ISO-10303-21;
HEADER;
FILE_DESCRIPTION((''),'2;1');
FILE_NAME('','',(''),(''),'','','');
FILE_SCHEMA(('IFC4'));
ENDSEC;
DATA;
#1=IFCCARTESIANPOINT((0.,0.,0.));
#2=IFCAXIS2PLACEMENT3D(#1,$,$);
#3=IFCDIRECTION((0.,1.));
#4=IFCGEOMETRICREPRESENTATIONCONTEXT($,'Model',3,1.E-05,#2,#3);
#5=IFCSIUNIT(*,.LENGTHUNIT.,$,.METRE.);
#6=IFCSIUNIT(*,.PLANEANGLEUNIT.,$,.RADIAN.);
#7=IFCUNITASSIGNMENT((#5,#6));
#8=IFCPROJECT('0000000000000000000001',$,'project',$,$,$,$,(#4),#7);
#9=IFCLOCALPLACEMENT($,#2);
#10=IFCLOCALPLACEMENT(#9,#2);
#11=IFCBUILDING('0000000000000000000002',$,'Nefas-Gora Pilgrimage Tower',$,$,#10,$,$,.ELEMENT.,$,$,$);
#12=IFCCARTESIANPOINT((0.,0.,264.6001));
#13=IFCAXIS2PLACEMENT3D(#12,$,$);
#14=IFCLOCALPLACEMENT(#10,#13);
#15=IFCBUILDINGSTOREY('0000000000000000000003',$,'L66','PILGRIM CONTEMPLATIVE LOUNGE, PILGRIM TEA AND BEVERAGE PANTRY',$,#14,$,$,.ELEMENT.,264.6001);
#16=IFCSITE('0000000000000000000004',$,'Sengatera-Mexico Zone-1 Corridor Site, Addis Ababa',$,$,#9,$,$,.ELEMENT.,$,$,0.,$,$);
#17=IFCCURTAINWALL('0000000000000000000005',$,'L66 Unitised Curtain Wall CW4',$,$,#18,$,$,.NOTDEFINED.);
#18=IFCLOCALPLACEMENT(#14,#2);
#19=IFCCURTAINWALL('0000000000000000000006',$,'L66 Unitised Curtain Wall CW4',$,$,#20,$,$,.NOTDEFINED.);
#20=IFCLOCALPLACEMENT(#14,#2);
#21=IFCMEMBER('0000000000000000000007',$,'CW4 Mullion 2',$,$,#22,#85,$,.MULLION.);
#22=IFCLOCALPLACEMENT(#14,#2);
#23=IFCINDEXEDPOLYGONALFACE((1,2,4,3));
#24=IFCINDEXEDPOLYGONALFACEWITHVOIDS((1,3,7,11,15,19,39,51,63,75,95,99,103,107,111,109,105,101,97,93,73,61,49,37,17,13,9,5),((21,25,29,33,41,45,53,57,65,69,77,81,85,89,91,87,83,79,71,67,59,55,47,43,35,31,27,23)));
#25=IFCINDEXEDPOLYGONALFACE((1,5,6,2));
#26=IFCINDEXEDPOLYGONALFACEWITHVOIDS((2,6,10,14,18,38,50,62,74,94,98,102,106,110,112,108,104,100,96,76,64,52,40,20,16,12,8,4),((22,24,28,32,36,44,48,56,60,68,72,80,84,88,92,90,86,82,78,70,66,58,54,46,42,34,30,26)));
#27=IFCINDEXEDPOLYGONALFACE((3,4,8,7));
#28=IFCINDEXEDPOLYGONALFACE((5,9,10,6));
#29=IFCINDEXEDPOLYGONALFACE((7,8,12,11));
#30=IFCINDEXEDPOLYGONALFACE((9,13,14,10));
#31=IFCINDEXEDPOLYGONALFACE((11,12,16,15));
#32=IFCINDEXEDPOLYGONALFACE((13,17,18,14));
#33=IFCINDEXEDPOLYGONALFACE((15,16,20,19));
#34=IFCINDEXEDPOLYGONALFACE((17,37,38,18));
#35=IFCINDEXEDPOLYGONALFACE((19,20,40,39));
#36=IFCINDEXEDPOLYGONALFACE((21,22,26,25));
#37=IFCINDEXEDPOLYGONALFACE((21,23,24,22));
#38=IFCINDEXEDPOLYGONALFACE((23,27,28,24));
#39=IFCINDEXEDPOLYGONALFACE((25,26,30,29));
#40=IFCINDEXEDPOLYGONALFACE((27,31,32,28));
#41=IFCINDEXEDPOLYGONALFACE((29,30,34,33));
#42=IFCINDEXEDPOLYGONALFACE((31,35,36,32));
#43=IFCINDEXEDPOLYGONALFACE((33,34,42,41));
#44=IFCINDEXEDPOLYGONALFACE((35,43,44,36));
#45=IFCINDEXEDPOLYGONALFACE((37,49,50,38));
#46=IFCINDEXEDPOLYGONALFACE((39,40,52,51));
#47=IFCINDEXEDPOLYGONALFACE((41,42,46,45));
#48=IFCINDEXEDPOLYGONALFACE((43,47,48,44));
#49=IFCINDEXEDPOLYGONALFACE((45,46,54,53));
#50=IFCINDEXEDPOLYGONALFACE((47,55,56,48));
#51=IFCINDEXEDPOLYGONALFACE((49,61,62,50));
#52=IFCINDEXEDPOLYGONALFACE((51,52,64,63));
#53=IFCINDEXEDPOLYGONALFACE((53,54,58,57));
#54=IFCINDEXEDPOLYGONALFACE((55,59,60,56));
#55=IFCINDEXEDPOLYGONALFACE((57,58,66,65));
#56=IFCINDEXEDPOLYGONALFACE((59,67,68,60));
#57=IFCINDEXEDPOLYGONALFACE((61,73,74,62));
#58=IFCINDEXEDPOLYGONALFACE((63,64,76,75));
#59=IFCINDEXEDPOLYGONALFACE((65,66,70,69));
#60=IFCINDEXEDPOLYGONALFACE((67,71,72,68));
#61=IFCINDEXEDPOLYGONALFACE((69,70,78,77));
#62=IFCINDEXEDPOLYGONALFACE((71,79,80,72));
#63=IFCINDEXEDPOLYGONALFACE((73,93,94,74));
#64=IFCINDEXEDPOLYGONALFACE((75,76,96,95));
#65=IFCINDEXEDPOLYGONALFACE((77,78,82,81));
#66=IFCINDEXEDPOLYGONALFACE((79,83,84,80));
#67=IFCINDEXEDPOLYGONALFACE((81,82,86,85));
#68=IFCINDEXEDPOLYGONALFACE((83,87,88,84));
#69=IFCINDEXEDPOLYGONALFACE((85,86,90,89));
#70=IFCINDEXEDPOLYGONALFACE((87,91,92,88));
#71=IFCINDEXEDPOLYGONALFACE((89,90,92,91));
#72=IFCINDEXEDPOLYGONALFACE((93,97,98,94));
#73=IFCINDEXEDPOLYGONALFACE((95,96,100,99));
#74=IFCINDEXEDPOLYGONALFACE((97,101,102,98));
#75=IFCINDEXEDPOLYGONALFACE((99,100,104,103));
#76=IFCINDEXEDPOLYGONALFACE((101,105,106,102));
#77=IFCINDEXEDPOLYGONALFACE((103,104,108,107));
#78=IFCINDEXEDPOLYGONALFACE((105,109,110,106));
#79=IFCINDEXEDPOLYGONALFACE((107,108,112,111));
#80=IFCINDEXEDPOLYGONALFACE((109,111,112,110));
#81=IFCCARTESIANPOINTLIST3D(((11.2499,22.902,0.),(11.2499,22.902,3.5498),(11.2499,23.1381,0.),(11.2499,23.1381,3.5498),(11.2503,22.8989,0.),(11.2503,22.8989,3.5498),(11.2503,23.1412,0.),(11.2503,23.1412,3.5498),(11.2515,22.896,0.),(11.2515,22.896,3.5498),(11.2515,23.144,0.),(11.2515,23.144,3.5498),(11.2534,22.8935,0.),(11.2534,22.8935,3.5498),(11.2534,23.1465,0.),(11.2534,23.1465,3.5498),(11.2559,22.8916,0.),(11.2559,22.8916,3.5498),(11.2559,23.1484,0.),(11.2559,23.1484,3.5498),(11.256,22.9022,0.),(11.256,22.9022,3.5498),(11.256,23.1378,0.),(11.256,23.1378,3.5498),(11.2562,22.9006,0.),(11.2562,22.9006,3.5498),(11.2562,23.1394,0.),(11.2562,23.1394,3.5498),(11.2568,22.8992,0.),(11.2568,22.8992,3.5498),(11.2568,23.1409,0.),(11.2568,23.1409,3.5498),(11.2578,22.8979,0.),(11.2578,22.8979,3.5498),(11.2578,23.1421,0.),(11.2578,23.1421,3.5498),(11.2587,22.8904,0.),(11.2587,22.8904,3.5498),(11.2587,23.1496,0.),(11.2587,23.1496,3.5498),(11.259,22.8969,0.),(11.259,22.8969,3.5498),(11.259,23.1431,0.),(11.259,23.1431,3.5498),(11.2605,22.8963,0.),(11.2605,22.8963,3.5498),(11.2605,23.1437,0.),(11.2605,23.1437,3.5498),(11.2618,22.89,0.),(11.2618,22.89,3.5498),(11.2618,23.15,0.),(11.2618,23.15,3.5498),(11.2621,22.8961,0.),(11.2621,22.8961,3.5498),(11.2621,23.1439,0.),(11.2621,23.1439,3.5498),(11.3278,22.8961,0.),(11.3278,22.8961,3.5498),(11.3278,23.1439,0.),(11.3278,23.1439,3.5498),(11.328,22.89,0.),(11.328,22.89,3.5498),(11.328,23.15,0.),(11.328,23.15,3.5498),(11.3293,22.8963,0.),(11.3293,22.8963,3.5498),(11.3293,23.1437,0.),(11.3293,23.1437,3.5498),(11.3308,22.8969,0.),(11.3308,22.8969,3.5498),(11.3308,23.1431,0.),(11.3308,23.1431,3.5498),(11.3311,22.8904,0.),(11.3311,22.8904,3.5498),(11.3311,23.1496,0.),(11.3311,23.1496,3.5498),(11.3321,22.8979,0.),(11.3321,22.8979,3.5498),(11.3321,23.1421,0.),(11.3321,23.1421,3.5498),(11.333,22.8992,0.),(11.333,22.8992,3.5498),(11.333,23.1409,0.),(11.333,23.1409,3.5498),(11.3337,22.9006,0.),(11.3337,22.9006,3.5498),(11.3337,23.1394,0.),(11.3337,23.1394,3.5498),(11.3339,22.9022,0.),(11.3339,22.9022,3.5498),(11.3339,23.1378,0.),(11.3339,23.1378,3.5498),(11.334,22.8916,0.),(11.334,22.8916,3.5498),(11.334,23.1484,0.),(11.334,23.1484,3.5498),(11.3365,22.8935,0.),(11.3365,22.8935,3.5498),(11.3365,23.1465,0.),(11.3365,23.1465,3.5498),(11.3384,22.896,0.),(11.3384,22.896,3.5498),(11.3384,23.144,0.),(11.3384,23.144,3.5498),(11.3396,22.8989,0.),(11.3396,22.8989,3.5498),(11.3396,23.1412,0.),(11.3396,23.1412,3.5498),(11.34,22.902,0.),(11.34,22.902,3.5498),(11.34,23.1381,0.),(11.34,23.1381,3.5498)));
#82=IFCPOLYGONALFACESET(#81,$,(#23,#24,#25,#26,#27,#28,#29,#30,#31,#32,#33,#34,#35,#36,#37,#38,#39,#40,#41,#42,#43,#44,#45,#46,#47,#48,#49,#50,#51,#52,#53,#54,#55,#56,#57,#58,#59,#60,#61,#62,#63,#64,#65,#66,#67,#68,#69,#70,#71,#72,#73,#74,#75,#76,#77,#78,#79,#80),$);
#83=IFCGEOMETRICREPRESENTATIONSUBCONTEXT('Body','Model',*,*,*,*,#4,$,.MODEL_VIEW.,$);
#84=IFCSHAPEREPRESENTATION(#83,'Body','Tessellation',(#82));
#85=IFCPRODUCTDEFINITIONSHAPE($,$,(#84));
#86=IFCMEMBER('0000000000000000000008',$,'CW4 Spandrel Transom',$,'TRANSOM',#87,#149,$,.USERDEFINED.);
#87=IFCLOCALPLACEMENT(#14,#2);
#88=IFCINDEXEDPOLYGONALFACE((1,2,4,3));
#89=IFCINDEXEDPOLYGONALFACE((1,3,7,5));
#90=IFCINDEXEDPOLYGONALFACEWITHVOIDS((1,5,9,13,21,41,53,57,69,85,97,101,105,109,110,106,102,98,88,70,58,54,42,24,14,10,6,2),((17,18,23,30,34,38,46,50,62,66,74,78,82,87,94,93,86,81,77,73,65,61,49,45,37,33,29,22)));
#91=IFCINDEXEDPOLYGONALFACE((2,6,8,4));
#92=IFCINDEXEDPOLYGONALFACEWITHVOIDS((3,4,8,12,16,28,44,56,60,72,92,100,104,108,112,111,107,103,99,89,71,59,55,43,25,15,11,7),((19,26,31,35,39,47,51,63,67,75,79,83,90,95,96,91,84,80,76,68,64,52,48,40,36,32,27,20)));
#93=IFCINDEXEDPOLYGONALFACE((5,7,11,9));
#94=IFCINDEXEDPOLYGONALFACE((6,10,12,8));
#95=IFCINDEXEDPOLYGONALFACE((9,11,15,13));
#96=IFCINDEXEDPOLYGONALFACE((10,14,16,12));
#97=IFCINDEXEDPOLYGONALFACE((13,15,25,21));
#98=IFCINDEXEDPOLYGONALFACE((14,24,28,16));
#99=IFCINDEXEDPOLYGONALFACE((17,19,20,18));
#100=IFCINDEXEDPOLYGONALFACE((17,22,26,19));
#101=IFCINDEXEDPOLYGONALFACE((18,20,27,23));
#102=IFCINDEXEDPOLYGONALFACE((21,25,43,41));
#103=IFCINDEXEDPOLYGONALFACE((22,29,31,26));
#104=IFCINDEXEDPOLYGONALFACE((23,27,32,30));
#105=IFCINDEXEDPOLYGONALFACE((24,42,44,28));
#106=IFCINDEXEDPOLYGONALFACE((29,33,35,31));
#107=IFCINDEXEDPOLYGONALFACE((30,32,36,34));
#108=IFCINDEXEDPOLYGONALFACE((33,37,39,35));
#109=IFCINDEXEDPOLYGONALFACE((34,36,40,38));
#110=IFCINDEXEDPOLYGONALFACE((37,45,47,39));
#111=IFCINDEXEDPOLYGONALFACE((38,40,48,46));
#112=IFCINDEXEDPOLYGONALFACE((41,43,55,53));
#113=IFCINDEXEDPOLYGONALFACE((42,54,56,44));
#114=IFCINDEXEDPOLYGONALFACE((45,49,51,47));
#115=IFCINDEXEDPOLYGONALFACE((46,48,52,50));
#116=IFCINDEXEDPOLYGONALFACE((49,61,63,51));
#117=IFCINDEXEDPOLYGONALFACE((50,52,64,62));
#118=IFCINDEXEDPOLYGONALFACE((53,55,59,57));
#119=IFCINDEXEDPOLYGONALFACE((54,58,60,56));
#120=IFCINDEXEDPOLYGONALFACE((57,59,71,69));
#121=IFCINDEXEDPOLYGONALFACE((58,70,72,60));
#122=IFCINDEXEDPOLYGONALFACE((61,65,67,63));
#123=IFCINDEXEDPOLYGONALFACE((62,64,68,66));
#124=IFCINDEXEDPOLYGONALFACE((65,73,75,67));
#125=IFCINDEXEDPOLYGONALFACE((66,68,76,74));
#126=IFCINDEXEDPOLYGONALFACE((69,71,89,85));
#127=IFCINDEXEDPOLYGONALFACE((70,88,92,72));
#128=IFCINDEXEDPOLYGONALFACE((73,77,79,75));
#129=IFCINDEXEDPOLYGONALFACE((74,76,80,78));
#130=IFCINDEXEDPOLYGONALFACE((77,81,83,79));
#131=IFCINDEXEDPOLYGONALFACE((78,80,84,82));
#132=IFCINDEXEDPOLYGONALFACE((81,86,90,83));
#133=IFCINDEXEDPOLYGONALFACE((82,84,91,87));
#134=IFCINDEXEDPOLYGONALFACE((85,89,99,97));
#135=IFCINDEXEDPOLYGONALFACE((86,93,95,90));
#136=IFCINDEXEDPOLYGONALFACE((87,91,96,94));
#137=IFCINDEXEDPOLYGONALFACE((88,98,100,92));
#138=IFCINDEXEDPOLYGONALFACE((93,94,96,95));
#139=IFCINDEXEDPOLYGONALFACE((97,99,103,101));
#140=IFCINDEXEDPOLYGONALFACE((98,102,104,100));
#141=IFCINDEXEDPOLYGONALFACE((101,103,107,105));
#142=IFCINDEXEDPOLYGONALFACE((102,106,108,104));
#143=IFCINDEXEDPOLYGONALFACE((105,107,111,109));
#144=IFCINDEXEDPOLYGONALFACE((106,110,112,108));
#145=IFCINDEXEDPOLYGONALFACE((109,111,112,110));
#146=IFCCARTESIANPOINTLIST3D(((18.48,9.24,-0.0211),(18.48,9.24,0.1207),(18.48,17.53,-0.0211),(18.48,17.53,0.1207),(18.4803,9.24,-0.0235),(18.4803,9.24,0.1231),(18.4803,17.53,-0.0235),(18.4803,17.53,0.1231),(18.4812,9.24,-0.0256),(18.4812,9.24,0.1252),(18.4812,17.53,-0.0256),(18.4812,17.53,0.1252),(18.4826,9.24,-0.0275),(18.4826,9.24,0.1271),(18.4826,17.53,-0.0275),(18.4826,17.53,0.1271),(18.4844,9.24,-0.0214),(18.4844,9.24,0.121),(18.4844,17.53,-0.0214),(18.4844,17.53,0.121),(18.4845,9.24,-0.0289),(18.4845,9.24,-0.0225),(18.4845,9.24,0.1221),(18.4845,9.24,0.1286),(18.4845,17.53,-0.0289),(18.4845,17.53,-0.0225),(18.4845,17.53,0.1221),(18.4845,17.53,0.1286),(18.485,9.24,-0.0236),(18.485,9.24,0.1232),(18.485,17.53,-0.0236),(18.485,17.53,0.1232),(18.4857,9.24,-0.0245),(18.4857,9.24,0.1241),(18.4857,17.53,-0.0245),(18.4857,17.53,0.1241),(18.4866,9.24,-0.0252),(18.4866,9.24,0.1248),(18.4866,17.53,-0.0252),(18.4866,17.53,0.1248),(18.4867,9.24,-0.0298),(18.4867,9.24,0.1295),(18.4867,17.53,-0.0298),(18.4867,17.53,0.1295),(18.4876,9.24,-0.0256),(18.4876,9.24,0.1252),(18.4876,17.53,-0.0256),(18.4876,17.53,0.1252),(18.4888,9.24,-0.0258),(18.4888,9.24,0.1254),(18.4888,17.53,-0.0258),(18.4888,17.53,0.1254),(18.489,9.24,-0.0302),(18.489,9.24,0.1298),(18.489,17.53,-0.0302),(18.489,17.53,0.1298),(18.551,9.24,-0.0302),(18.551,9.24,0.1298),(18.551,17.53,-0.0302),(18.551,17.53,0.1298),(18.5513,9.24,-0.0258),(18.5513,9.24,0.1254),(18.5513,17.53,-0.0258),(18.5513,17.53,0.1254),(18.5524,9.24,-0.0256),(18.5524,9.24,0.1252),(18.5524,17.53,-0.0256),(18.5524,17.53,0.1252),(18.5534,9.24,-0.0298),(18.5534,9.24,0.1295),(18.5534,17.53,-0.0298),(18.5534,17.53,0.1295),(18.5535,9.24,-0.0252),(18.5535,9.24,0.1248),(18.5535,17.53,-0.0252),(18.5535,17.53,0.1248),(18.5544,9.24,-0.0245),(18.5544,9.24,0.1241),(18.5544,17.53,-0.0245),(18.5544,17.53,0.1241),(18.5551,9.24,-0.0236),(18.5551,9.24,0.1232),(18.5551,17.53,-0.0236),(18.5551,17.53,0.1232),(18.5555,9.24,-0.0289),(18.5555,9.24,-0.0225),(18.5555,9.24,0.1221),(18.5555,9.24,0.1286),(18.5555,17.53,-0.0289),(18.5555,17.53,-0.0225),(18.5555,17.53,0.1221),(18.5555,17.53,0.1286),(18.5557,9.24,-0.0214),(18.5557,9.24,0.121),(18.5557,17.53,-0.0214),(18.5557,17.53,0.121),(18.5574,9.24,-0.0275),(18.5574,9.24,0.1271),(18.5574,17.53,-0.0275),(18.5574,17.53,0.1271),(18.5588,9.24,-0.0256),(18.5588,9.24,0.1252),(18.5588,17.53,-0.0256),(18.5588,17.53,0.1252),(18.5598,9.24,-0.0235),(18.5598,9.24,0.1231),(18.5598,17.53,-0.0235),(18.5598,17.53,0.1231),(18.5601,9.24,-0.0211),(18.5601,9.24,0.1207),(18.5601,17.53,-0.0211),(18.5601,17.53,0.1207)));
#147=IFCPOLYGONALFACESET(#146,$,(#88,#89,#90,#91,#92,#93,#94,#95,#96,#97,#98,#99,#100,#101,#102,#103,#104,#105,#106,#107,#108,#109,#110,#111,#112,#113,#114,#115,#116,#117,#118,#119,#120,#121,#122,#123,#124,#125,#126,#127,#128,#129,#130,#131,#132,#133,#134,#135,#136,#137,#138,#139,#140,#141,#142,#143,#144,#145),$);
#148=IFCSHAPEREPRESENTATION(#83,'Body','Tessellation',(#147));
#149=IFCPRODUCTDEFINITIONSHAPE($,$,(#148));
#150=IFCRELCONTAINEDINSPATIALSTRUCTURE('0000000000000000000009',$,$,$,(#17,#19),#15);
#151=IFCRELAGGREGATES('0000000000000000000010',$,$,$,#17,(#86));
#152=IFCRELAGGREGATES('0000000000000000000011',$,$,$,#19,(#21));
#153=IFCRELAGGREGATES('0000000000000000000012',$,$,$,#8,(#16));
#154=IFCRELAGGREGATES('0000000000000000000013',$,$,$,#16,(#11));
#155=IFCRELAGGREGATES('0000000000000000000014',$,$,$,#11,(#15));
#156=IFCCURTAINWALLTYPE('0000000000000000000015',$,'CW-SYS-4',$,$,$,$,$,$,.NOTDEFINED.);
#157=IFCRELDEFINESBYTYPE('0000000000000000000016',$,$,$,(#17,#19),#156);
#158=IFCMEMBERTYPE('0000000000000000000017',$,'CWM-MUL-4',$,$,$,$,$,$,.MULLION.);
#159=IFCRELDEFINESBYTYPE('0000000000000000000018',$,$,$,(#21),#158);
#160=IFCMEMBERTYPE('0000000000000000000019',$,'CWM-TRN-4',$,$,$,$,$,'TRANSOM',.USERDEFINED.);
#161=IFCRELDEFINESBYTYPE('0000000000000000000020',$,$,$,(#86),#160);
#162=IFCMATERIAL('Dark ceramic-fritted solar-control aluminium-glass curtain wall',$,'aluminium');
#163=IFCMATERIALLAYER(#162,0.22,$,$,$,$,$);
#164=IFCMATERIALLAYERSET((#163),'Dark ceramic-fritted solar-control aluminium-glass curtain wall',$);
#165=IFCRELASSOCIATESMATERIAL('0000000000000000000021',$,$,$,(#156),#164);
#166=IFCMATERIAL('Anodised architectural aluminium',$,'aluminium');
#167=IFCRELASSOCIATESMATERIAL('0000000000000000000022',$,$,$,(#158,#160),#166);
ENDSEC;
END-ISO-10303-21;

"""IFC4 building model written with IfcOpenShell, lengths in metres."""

from ifc_helpers import new_model, si_unit, direction, frame, origin, origin_2d, place, context, subcontext, project, spatial, hollow_rectangle, extrude, source, transform, mapped, material, layer, layer_set, material_profile, profile_set, type_object, element, aggregate, save


model = new_model("IFC4")

# Units and contexts
model_context = context("Model", 3, precision=1e-05, world=origin(), true_north=direction((0.0, 1.0)))
body_context = subcontext(model_context, "Body", "Model", "MODEL_VIEW")
ifc_project = project(units=[si_unit("LENGTHUNIT", "METRE"), si_unit("PLANEANGLEUNIT", "RADIAN")], contexts=[model_context])

# Site, building, storey
site_placement = place(None, origin())
site = spatial("IfcSite", under=ifc_project, at=site_placement, Name="Sengatera-Mexico Zone-1 Corridor Site, Addis Ababa", CompositionType="ELEMENT", RefElevation=0.0)
building_placement = place(site_placement, origin())
building = spatial("IfcBuilding", under=site, at=building_placement, Name="Nefas-Gora Pilgrimage Tower", CompositionType="ELEMENT")
storey_placement = place(building_placement, frame((0.0, 0.0, 264.6001)))
storey = spatial("IfcBuildingStorey", under=building, at=storey_placement, Name="L66", Description="PILGRIM CONTEMPLATIVE LOUNGE, PILGRIM TEA AND BEVERAGE PANTRY", CompositionType="ELEMENT", Elevation=264.6001)

# Shared definitions
ifc_material_1 = material(Name="Dark ceramic-fritted solar-control aluminium-glass curtain wall", Category="aluminium")
ifc_material_2 = material(Name="Anodised architectural aluminium", Category="aluminium")

# Curtain walls, member
ifc_layer_1 = layer(ifc_material_1, 0.22)
ifc_layer_set_1 = layer_set([ifc_layer_1], Name="Dark ceramic-fritted solar-control aluminium-glass curtain wall")
curtain_wall_type_1 = type_object("IfcCurtainWallType", Name="CW-SYS-4", PredefinedType="NOTDEFINED", material=ifc_layer_set_1)
curtain_wall_1_placement = place(storey_placement, origin())
curtain_wall_1 = element("IfcCurtainWall", 1, at=curtain_wall_1_placement, inside=storey, type_object=curtain_wall_type_1, Name="L66 Unitised Curtain Wall CW4", PredefinedType="NOTDEFINED")
ifc_material_profile_1 = material_profile(ifc_material_2, hollow_rectangle(XDim=0.0901, YDim=0.26, WallThickness=0.0061, InnerFilletRadius=0.0061, OuterFilletRadius=0.012, at=origin_2d()), Name="ALU MULLION 90x260")
ifc_profile_set_1 = profile_set([ifc_material_profile_1], Name="Anodised architectural aluminium")
member_type_1 = type_object("IfcMemberType", Name="CWM-MUL-4", PredefinedType="MULLION", material=ifc_profile_set_1)
shared_shape_1 = source(origin(), body_context, "Body", "SweptSolid", [
    extrude(hollow_rectangle(XDim=0.0901, YDim=0.26, WallThickness=0.0061, InnerFilletRadius=0.0061, OuterFilletRadius=0.012, at=origin_2d()), origin(), (0.0, 0.0, 1.0), 3.5498),
])
curtain_wall_2_placement = place(storey_placement, origin())
curtain_wall_2 = element("IfcCurtainWall", 2, at=curtain_wall_2_placement, inside=storey, type_object=curtain_wall_type_1, Name="L66 Unitised Curtain Wall CW4", PredefinedType="NOTDEFINED")
member_1_placement = place(storey_placement, frame((11.2949, 23.02, 0.0), z_axis=(0.0, 0.0, 1.0), x_axis=(-1.0, 0.0, 0.0)))
member_1 = element("IfcMember", 3, at=member_1_placement, type_object=member_type_1, Name="CW4 Mullion 2", PredefinedType="MULLION", context=body_context, shape_type="MappedRepresentation", body=[
    mapped(shared_shape_1, transform((0.0, 0.0, 0.0), x_axis=(1.0, 0.0, 0.0), y_axis=(0.0, 1.0, 0.0), z_axis=(0.0, 0.0, 1.0), scale=1.0)),
])

# Member
ifc_material_profile_2 = material_profile(ifc_material_2, hollow_rectangle(XDim=0.0801, YDim=0.1599, WallThickness=0.0044, InnerFilletRadius=0.0044, OuterFilletRadius=0.009, at=origin_2d()), Name="ALU TRANSOM 80x160")
ifc_profile_set_2 = profile_set([ifc_material_profile_2], Name="Anodised architectural aluminium")
member_type_2 = type_object("IfcMemberType", Name="CWM-TRN-4", ElementType="TRANSOM", PredefinedType="USERDEFINED", material=ifc_profile_set_2)
shared_shape_2 = source(origin(), body_context, "Body", "SweptSolid", [
    extrude(hollow_rectangle(XDim=0.0801, YDim=0.1599, WallThickness=0.0044, InnerFilletRadius=0.0044, OuterFilletRadius=0.009, at=origin_2d()), origin(), (0.0, 0.0, 1.0), 8.29),
])
member_2_placement = place(storey_placement, frame((18.52, 9.24, 0.0498), z_axis=(0.0, 1.0, 0.0), x_axis=(-1.0, 0.0, 0.0)))
member_2 = element("IfcMember", 4, at=member_2_placement, type_object=member_type_2, Name="CW4 Spandrel Transom", ObjectType="TRANSOM", PredefinedType="USERDEFINED", context=body_context, shape_type="MappedRepresentation", body=[
    mapped(shared_shape_2, transform((0.0, 0.0, 0.0), x_axis=(1.0, 0.0, 0.0), y_axis=(0.0, 1.0, 0.0), z_axis=(0.0, 0.0, 1.0), scale=1.0)),
])

aggregate(curtain_wall_1, [member_2])
aggregate(curtain_wall_2, [member_1])

save(model, "model.ifc")
